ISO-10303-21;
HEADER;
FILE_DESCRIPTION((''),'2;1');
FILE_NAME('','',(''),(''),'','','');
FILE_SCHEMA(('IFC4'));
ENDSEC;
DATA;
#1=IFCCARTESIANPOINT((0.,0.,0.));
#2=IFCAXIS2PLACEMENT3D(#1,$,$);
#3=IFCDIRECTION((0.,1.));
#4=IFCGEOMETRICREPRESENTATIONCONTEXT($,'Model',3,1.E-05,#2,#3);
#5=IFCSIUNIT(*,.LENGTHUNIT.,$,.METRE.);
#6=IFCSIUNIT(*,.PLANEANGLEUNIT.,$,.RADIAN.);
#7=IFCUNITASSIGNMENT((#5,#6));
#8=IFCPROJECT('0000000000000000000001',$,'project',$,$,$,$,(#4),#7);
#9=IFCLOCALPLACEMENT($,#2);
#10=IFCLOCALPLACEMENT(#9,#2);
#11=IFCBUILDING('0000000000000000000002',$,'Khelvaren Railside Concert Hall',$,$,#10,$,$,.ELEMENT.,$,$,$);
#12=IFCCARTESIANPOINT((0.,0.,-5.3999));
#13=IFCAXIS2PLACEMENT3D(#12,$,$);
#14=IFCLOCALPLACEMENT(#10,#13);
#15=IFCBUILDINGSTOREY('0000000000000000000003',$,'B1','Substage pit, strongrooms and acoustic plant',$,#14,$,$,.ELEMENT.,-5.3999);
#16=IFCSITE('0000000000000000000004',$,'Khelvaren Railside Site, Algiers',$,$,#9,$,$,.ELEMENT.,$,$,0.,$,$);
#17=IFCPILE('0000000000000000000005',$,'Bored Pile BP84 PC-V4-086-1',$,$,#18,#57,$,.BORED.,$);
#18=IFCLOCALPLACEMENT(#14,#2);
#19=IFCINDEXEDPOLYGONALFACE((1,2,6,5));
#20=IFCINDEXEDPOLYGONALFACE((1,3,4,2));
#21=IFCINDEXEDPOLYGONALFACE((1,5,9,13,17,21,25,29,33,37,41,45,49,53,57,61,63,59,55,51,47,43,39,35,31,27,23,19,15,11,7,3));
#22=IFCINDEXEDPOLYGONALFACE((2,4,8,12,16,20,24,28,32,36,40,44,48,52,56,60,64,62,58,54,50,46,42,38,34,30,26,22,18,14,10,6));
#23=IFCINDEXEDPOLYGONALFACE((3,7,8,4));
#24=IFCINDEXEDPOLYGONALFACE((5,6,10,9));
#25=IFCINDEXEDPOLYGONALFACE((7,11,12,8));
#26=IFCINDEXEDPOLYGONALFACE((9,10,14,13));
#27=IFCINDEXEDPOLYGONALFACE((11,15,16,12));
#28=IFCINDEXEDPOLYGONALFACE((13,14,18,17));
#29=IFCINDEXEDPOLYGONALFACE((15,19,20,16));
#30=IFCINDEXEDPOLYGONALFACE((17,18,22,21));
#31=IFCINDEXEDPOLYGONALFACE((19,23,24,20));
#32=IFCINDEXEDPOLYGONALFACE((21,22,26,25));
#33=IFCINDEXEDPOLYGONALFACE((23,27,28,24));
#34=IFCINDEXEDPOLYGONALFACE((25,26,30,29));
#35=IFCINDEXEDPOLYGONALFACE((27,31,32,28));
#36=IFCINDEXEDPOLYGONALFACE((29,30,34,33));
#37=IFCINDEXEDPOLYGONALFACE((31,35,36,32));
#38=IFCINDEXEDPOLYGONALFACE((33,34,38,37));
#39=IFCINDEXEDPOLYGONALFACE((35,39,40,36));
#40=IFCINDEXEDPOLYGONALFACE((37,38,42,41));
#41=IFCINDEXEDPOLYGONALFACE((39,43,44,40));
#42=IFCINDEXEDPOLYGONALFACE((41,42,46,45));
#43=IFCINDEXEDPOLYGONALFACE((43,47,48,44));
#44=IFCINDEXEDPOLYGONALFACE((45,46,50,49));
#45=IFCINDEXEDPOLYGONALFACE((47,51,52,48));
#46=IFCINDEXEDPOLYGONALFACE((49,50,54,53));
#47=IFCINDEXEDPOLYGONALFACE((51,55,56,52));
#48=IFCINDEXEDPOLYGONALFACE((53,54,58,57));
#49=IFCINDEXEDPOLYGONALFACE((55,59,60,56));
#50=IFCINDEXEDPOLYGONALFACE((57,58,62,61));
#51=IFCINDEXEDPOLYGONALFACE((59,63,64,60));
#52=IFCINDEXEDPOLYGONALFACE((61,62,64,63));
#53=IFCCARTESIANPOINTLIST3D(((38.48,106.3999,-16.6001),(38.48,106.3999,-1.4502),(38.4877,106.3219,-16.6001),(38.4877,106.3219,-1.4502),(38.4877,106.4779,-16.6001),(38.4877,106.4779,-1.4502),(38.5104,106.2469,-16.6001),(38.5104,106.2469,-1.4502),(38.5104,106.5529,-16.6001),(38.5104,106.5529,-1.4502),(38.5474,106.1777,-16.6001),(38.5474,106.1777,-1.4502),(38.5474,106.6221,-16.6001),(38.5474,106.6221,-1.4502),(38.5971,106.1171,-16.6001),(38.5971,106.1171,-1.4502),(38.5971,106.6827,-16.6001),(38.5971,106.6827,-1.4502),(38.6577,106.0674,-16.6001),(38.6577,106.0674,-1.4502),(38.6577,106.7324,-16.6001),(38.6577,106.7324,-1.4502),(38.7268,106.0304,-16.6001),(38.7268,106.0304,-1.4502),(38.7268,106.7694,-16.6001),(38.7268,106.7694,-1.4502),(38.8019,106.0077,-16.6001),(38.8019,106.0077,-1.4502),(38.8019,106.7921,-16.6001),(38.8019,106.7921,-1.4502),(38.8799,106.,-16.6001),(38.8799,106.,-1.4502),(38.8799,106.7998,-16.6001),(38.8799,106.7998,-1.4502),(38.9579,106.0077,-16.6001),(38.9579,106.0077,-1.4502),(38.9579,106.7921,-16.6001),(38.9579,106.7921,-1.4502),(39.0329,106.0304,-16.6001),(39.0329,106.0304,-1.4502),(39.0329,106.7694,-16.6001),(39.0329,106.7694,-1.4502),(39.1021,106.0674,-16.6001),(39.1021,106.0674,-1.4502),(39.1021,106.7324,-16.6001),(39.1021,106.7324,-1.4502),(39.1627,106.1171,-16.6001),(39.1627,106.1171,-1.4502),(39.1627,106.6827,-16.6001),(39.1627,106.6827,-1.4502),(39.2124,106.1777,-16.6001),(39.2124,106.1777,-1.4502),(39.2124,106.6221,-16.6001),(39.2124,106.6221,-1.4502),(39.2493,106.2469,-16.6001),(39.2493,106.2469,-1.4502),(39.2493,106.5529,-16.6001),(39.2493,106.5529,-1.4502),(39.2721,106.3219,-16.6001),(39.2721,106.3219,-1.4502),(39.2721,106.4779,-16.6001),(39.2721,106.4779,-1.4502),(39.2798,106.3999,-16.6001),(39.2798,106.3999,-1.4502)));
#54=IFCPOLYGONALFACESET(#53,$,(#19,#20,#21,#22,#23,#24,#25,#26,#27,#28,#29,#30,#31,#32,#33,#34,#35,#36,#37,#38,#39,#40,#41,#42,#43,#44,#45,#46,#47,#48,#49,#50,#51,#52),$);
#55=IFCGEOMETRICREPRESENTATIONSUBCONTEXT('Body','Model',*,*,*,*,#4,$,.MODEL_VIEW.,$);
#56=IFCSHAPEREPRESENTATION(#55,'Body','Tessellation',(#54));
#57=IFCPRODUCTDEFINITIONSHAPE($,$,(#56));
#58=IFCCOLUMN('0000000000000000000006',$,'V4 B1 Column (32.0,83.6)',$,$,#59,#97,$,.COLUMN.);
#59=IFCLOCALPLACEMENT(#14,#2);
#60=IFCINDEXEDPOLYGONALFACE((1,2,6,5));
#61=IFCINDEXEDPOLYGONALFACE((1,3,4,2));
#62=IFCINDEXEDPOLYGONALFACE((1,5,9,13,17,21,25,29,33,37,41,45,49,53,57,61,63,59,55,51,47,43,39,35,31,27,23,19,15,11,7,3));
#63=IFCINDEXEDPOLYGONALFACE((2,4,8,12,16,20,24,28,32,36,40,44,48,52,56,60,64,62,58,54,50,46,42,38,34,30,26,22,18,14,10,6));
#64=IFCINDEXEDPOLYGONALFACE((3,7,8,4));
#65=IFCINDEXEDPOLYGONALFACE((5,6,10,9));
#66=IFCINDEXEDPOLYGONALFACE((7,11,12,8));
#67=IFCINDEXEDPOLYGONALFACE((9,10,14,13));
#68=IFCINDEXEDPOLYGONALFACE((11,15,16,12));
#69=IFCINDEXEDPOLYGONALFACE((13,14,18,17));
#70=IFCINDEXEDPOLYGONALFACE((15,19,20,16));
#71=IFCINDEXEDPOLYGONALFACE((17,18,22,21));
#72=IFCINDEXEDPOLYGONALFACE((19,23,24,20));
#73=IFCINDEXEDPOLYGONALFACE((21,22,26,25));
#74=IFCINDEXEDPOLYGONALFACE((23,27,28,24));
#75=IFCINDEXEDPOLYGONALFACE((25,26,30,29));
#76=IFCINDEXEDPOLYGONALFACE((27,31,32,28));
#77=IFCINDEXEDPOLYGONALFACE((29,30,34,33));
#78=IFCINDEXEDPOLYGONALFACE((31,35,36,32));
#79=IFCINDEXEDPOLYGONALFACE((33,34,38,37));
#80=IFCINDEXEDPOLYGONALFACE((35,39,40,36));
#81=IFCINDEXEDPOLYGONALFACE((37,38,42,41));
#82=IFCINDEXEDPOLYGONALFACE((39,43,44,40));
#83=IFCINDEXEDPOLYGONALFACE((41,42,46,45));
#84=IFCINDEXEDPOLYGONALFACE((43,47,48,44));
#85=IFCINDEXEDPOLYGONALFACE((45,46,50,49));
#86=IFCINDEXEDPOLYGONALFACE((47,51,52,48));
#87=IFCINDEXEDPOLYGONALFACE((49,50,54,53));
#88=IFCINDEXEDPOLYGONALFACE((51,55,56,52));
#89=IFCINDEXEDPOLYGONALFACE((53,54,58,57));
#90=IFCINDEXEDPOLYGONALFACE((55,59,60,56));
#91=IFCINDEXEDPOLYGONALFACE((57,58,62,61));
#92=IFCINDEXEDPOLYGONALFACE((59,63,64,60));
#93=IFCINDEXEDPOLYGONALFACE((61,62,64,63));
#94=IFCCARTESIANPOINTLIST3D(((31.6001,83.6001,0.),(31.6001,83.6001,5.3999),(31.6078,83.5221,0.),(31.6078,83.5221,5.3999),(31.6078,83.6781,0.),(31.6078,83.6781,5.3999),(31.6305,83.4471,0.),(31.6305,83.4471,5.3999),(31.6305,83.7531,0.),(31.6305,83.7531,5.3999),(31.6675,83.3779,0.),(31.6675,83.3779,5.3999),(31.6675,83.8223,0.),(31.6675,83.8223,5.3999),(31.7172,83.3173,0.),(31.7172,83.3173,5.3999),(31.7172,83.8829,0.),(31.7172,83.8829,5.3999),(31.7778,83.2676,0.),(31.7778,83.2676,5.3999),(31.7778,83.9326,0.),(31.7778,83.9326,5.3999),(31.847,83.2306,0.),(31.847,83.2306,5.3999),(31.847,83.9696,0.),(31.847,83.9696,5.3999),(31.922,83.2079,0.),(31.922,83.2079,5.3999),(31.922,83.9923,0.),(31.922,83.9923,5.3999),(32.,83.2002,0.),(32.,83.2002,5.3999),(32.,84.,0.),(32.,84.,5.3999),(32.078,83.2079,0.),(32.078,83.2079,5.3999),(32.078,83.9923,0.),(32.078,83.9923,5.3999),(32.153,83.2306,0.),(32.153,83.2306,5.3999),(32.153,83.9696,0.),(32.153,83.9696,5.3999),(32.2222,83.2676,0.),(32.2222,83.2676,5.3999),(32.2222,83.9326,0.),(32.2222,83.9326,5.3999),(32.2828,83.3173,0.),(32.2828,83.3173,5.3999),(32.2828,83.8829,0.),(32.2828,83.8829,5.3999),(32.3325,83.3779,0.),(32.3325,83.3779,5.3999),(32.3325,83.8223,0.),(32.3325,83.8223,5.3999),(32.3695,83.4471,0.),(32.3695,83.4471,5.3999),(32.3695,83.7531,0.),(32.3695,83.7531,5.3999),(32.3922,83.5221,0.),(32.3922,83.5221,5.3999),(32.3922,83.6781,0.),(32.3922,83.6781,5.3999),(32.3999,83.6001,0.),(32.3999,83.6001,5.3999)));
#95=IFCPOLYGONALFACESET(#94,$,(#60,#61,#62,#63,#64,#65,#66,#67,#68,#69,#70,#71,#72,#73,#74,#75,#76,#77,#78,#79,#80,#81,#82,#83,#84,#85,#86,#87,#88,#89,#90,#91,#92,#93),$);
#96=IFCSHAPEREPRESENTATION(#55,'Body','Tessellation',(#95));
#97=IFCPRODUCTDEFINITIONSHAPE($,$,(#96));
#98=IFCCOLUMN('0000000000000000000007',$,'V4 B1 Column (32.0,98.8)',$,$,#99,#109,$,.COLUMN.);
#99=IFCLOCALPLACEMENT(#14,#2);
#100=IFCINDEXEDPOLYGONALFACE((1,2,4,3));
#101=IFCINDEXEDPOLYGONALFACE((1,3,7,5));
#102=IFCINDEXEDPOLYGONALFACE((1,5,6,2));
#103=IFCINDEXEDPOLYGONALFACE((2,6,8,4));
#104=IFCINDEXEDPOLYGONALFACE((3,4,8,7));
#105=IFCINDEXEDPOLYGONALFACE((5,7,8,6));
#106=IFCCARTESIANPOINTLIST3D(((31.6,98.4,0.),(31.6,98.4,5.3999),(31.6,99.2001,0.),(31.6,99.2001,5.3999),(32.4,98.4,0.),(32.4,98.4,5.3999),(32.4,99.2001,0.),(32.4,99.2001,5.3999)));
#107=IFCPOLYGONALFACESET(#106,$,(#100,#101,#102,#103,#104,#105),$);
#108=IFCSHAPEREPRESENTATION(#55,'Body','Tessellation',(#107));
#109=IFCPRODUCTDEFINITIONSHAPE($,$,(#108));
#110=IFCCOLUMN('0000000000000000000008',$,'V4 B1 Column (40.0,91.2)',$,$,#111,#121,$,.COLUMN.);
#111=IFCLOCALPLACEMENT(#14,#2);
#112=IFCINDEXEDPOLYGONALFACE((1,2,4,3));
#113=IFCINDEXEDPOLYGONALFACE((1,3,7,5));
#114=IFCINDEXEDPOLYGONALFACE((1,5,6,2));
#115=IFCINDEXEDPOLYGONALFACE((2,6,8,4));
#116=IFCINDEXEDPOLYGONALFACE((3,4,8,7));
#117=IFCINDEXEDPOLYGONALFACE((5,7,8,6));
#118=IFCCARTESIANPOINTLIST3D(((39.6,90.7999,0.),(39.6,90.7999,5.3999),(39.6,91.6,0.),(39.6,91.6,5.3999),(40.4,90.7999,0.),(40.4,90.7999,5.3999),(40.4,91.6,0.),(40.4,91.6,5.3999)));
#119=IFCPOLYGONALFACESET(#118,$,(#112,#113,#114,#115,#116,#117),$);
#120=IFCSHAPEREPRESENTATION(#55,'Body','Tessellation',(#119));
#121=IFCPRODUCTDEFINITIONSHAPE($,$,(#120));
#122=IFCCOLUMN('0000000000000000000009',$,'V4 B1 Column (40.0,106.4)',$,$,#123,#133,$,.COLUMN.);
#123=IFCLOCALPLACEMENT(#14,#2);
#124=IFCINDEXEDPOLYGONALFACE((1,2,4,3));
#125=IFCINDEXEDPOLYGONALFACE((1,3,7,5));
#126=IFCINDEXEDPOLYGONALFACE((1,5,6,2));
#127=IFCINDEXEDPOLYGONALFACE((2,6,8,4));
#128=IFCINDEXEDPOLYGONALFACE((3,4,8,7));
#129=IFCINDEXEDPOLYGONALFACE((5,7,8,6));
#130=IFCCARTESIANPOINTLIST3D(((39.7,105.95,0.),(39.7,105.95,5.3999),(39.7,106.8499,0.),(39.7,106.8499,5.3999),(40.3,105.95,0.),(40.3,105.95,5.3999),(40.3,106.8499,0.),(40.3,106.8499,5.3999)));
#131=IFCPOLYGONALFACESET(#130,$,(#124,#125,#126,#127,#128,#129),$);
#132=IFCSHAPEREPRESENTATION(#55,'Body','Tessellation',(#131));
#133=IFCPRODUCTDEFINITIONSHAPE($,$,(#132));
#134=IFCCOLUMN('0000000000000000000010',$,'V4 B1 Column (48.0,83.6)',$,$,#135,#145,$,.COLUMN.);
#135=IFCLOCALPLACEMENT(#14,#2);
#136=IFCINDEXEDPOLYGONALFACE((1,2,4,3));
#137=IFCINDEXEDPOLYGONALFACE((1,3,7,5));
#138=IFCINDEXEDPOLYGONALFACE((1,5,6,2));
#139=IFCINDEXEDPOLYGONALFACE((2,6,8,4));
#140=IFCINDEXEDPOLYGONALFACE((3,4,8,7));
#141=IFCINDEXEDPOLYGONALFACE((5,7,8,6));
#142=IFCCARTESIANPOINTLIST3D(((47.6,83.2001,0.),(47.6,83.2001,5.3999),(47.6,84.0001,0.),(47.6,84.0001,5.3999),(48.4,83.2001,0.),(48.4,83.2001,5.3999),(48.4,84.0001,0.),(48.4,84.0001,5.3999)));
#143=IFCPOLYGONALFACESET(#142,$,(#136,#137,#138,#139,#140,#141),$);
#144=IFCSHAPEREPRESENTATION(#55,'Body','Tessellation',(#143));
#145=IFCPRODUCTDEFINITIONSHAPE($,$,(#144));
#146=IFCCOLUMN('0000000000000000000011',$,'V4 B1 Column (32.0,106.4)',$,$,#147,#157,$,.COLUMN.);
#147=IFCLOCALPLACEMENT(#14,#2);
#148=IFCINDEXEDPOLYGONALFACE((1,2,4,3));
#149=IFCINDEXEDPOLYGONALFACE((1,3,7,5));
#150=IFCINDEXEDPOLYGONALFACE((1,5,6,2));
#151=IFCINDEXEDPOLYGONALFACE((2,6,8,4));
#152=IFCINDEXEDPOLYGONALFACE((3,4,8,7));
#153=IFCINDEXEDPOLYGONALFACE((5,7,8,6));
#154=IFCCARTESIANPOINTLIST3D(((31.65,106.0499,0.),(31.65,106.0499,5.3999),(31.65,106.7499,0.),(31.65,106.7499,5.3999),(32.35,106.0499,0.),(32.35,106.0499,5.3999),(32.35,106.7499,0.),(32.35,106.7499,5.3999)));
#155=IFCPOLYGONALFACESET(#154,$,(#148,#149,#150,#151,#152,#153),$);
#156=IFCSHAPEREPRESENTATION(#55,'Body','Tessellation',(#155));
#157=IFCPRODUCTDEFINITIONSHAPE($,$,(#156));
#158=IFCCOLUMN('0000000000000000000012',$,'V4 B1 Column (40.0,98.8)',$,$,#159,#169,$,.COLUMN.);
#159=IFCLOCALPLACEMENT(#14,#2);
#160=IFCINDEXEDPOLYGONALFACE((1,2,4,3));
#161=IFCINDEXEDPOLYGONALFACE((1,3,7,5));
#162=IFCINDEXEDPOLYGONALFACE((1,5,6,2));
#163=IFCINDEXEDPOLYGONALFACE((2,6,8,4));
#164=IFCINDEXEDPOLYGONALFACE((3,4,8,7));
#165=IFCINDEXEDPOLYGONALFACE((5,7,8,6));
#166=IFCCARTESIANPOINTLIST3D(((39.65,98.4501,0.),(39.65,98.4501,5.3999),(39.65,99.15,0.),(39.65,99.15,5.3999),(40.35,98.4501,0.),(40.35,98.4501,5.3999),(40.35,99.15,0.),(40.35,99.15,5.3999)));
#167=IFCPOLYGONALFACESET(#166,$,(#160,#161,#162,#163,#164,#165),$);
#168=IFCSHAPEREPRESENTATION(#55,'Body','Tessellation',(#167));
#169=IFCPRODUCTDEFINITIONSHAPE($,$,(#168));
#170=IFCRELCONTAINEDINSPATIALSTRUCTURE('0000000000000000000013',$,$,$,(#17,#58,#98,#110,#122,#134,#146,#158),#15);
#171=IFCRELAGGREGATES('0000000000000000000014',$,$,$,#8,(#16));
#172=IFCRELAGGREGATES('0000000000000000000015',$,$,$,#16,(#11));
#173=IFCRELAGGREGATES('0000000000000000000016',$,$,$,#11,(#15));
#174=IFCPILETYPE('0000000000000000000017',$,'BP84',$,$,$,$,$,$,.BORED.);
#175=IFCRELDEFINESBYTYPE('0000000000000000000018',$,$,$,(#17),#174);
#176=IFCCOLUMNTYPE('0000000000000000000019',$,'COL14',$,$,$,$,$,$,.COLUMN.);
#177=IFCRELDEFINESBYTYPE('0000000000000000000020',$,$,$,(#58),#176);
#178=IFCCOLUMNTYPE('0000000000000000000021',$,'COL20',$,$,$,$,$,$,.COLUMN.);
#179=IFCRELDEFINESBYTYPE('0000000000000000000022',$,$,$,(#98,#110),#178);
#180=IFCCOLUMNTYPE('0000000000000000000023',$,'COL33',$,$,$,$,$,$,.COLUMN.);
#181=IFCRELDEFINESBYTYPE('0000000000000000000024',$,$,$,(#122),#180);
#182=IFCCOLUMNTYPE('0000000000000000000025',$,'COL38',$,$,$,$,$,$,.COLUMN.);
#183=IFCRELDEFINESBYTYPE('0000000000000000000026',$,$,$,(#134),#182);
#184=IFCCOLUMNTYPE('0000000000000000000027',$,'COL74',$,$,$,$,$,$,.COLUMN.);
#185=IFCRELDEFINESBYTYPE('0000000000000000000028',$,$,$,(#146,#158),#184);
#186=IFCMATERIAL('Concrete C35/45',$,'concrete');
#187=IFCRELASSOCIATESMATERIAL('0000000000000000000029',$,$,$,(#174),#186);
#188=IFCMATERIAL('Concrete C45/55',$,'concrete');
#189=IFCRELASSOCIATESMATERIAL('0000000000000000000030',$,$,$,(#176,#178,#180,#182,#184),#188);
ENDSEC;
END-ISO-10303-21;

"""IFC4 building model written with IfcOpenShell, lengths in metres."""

from ifc_helpers import new_model, si_unit, direction, frame, origin, origin_2d, place, context, subcontext, project, spatial, rectangle, circle, extrude, material, material_profile, profile_set, type_object, element, save


model = new_model("IFC4")

# Units and contexts
model_context = context("Model", 3, precision=1e-05, world=origin(), true_north=direction((0.0, 1.0)))
body_context = subcontext(model_context, "Body", "Model", "MODEL_VIEW")
ifc_project = project(units=[si_unit("LENGTHUNIT", "METRE"), si_unit("PLANEANGLEUNIT", "RADIAN")], contexts=[model_context])

# Site, building, storey
site_placement = place(None, origin())
site = spatial("IfcSite", under=ifc_project, at=site_placement, Name="Khelvaren Railside Site, Algiers", CompositionType="ELEMENT", RefElevation=0.0)
building_placement = place(site_placement, origin())
building = spatial("IfcBuilding", under=site, at=building_placement, Name="Khelvaren Railside Concert Hall", CompositionType="ELEMENT")
storey_placement = place(building_placement, frame((0.0, 0.0, -5.3999)))
storey = spatial("IfcBuildingStorey", under=building, at=storey_placement, Name="B1", Description="Substage pit, strongrooms and acoustic plant", CompositionType="ELEMENT", Elevation=-5.3999)

# Pile
ifc_material_1 = material(Name="Concrete C35/45", Category="concrete")
ifc_material_profile_1 = material_profile(ifc_material_1, circle(Radius=0.3999, at=origin_2d()), Name="BP D800")
ifc_profile_set_1 = profile_set([ifc_material_profile_1], Name="Concrete C35/45")
pile_type_1 = type_object("IfcPileType", Name="BP84", PredefinedType="BORED", material=ifc_profile_set_1)
pile_1_placement = place(storey_placement, frame((38.8799, 106.3999, -1.4502), z_axis=(0.0, 0.0, -1.0), x_axis=(1.0, 0.0, 0.0)))
element("IfcPile", 1, at=pile_1_placement, inside=storey, type_object=pile_type_1, Name="Bored Pile BP84 PC-V4-086-1", PredefinedType="BORED", context=body_context, shape_type="SweptSolid", body=[
    extrude(circle(Radius=0.3999, at=origin_2d()), origin(), (0.0, 0.0, 1.0), 15.1499),
])

# Columns
ifc_material_2 = material(Name="Concrete C45/55", Category="concrete")
ifc_material_profile_2 = material_profile(ifc_material_2, circle(Radius=0.3999, at=origin_2d()), Name="RC D800")
ifc_profile_set_2 = profile_set([ifc_material_profile_2], Name="Concrete C45/55")
column_type_1 = type_object("IfcColumnType", Name="COL14", PredefinedType="COLUMN", material=ifc_profile_set_2)
column_1_placement = place(storey_placement, frame((32.0, 83.6001, 0.0), z_axis=(0.0, 0.0, 1.0), x_axis=(1.0, 0.0, 0.0)))
element("IfcColumn", 2, at=column_1_placement, inside=storey, type_object=column_type_1, Name="V4 B1 Column (32.0,83.6)", PredefinedType="COLUMN", context=body_context, shape_type="SweptSolid", body=[
    extrude(circle(Radius=0.3999, at=origin_2d()), origin(), (0.0, 0.0, 1.0), 5.3999),
])
ifc_material_profile_3 = material_profile(ifc_material_2, rectangle(XDim=0.8, YDim=0.8, at=origin_2d()), Name="RC 800x800")
ifc_profile_set_3 = profile_set([ifc_material_profile_3], Name="Concrete C45/55")
column_type_2 = type_object("IfcColumnType", Name="COL20", PredefinedType="COLUMN", material=ifc_profile_set_3)
for number, where, z_axis, x_axis, name in (
    (3, (32.0, 98.8, 0.0), (0.0, 0.0, 1.0), (1.0, 0.0, 0.0), "V4 B1 Column (32.0,98.8)"),
    (4, (40.0, 91.2, 0.0), (0.0, 0.0, 1.0), (1.0, 0.0, 0.0), "V4 B1 Column (40.0,91.2)"),
):
    element("IfcColumn", number, at=place(storey_placement, frame(where, z_axis=z_axis, x_axis=x_axis)), inside=storey, type_object=column_type_2, Name=name, PredefinedType="COLUMN", context=body_context, shape_type="SweptSolid", body=[
        extrude(rectangle(XDim=0.8, YDim=0.8, at=origin_2d()), origin(), (0.0, 0.0, 1.0), 5.3999),
    ])
ifc_material_profile_4 = material_profile(ifc_material_2, rectangle(XDim=0.6001, YDim=0.8999, at=origin_2d()), Name="RC 600x900")
ifc_profile_set_4 = profile_set([ifc_material_profile_4], Name="Concrete C45/55")
column_type_3 = type_object("IfcColumnType", Name="COL33", PredefinedType="COLUMN", material=ifc_profile_set_4)
column_2_placement = place(storey_placement, frame((40.0, 106.3999, 0.0), z_axis=(0.0, 0.0, 1.0), x_axis=(1.0, 0.0, 0.0)))
element("IfcColumn", 5, at=column_2_placement, inside=storey, type_object=column_type_3, Name="V4 B1 Column (40.0,106.4)", PredefinedType="COLUMN", context=body_context, shape_type="SweptSolid", body=[
    extrude(rectangle(XDim=0.6001, YDim=0.8999, at=origin_2d()), origin(), (0.0, 0.0, 1.0), 5.3999),
])
ifc_material_profile_5 = material_profile(ifc_material_2, rectangle(XDim=0.8, YDim=0.8, at=origin_2d()), Name="RC 800x800")
ifc_profile_set_5 = profile_set([ifc_material_profile_5], Name="Concrete C45/55")
column_type_4 = type_object("IfcColumnType", Name="COL38", PredefinedType="COLUMN", material=ifc_profile_set_5)
column_3_placement = place(storey_placement, frame((48.0, 83.6001, 0.0), z_axis=(0.0, 0.0, 1.0), x_axis=(1.0, 0.0, 0.0)))
element("IfcColumn", 6, at=column_3_placement, inside=storey, type_object=column_type_4, Name="V4 B1 Column (48.0,83.6)", PredefinedType="COLUMN", context=body_context, shape_type="SweptSolid", body=[
    extrude(rectangle(XDim=0.8, YDim=0.8, at=origin_2d()), origin(), (0.0, 0.0, 1.0), 5.3999),
])
ifc_material_profile_6 = material_profile(ifc_material_2, rectangle(XDim=0.7, YDim=0.7, at=origin_2d()), Name="RC 700x700")
ifc_profile_set_6 = profile_set([ifc_material_profile_6], Name="Concrete C45/55")
column_type_5 = type_object("IfcColumnType", Name="COL74", PredefinedType="COLUMN", material=ifc_profile_set_6)
for number, where, z_axis, x_axis, name in (
    (7, (32.0, 106.3999, 0.0), (0.0, 0.0, 1.0), (1.0, 0.0, 0.0), "V4 B1 Column (32.0,106.4)"),
    (8, (40.0, 98.8, 0.0), (0.0, 0.0, 1.0), (1.0, 0.0, 0.0), "V4 B1 Column (40.0,98.8)"),
):
    element("IfcColumn", number, at=place(storey_placement, frame(where, z_axis=z_axis, x_axis=x_axis)), inside=storey, type_object=column_type_5, Name=name, PredefinedType="COLUMN", context=body_context, shape_type="SweptSolid", body=[
        extrude(rectangle(XDim=0.7, YDim=0.7, at=origin_2d()), origin(), (0.0, 0.0, 1.0), 5.3999),
    ])

save(model, "model.ifc")
